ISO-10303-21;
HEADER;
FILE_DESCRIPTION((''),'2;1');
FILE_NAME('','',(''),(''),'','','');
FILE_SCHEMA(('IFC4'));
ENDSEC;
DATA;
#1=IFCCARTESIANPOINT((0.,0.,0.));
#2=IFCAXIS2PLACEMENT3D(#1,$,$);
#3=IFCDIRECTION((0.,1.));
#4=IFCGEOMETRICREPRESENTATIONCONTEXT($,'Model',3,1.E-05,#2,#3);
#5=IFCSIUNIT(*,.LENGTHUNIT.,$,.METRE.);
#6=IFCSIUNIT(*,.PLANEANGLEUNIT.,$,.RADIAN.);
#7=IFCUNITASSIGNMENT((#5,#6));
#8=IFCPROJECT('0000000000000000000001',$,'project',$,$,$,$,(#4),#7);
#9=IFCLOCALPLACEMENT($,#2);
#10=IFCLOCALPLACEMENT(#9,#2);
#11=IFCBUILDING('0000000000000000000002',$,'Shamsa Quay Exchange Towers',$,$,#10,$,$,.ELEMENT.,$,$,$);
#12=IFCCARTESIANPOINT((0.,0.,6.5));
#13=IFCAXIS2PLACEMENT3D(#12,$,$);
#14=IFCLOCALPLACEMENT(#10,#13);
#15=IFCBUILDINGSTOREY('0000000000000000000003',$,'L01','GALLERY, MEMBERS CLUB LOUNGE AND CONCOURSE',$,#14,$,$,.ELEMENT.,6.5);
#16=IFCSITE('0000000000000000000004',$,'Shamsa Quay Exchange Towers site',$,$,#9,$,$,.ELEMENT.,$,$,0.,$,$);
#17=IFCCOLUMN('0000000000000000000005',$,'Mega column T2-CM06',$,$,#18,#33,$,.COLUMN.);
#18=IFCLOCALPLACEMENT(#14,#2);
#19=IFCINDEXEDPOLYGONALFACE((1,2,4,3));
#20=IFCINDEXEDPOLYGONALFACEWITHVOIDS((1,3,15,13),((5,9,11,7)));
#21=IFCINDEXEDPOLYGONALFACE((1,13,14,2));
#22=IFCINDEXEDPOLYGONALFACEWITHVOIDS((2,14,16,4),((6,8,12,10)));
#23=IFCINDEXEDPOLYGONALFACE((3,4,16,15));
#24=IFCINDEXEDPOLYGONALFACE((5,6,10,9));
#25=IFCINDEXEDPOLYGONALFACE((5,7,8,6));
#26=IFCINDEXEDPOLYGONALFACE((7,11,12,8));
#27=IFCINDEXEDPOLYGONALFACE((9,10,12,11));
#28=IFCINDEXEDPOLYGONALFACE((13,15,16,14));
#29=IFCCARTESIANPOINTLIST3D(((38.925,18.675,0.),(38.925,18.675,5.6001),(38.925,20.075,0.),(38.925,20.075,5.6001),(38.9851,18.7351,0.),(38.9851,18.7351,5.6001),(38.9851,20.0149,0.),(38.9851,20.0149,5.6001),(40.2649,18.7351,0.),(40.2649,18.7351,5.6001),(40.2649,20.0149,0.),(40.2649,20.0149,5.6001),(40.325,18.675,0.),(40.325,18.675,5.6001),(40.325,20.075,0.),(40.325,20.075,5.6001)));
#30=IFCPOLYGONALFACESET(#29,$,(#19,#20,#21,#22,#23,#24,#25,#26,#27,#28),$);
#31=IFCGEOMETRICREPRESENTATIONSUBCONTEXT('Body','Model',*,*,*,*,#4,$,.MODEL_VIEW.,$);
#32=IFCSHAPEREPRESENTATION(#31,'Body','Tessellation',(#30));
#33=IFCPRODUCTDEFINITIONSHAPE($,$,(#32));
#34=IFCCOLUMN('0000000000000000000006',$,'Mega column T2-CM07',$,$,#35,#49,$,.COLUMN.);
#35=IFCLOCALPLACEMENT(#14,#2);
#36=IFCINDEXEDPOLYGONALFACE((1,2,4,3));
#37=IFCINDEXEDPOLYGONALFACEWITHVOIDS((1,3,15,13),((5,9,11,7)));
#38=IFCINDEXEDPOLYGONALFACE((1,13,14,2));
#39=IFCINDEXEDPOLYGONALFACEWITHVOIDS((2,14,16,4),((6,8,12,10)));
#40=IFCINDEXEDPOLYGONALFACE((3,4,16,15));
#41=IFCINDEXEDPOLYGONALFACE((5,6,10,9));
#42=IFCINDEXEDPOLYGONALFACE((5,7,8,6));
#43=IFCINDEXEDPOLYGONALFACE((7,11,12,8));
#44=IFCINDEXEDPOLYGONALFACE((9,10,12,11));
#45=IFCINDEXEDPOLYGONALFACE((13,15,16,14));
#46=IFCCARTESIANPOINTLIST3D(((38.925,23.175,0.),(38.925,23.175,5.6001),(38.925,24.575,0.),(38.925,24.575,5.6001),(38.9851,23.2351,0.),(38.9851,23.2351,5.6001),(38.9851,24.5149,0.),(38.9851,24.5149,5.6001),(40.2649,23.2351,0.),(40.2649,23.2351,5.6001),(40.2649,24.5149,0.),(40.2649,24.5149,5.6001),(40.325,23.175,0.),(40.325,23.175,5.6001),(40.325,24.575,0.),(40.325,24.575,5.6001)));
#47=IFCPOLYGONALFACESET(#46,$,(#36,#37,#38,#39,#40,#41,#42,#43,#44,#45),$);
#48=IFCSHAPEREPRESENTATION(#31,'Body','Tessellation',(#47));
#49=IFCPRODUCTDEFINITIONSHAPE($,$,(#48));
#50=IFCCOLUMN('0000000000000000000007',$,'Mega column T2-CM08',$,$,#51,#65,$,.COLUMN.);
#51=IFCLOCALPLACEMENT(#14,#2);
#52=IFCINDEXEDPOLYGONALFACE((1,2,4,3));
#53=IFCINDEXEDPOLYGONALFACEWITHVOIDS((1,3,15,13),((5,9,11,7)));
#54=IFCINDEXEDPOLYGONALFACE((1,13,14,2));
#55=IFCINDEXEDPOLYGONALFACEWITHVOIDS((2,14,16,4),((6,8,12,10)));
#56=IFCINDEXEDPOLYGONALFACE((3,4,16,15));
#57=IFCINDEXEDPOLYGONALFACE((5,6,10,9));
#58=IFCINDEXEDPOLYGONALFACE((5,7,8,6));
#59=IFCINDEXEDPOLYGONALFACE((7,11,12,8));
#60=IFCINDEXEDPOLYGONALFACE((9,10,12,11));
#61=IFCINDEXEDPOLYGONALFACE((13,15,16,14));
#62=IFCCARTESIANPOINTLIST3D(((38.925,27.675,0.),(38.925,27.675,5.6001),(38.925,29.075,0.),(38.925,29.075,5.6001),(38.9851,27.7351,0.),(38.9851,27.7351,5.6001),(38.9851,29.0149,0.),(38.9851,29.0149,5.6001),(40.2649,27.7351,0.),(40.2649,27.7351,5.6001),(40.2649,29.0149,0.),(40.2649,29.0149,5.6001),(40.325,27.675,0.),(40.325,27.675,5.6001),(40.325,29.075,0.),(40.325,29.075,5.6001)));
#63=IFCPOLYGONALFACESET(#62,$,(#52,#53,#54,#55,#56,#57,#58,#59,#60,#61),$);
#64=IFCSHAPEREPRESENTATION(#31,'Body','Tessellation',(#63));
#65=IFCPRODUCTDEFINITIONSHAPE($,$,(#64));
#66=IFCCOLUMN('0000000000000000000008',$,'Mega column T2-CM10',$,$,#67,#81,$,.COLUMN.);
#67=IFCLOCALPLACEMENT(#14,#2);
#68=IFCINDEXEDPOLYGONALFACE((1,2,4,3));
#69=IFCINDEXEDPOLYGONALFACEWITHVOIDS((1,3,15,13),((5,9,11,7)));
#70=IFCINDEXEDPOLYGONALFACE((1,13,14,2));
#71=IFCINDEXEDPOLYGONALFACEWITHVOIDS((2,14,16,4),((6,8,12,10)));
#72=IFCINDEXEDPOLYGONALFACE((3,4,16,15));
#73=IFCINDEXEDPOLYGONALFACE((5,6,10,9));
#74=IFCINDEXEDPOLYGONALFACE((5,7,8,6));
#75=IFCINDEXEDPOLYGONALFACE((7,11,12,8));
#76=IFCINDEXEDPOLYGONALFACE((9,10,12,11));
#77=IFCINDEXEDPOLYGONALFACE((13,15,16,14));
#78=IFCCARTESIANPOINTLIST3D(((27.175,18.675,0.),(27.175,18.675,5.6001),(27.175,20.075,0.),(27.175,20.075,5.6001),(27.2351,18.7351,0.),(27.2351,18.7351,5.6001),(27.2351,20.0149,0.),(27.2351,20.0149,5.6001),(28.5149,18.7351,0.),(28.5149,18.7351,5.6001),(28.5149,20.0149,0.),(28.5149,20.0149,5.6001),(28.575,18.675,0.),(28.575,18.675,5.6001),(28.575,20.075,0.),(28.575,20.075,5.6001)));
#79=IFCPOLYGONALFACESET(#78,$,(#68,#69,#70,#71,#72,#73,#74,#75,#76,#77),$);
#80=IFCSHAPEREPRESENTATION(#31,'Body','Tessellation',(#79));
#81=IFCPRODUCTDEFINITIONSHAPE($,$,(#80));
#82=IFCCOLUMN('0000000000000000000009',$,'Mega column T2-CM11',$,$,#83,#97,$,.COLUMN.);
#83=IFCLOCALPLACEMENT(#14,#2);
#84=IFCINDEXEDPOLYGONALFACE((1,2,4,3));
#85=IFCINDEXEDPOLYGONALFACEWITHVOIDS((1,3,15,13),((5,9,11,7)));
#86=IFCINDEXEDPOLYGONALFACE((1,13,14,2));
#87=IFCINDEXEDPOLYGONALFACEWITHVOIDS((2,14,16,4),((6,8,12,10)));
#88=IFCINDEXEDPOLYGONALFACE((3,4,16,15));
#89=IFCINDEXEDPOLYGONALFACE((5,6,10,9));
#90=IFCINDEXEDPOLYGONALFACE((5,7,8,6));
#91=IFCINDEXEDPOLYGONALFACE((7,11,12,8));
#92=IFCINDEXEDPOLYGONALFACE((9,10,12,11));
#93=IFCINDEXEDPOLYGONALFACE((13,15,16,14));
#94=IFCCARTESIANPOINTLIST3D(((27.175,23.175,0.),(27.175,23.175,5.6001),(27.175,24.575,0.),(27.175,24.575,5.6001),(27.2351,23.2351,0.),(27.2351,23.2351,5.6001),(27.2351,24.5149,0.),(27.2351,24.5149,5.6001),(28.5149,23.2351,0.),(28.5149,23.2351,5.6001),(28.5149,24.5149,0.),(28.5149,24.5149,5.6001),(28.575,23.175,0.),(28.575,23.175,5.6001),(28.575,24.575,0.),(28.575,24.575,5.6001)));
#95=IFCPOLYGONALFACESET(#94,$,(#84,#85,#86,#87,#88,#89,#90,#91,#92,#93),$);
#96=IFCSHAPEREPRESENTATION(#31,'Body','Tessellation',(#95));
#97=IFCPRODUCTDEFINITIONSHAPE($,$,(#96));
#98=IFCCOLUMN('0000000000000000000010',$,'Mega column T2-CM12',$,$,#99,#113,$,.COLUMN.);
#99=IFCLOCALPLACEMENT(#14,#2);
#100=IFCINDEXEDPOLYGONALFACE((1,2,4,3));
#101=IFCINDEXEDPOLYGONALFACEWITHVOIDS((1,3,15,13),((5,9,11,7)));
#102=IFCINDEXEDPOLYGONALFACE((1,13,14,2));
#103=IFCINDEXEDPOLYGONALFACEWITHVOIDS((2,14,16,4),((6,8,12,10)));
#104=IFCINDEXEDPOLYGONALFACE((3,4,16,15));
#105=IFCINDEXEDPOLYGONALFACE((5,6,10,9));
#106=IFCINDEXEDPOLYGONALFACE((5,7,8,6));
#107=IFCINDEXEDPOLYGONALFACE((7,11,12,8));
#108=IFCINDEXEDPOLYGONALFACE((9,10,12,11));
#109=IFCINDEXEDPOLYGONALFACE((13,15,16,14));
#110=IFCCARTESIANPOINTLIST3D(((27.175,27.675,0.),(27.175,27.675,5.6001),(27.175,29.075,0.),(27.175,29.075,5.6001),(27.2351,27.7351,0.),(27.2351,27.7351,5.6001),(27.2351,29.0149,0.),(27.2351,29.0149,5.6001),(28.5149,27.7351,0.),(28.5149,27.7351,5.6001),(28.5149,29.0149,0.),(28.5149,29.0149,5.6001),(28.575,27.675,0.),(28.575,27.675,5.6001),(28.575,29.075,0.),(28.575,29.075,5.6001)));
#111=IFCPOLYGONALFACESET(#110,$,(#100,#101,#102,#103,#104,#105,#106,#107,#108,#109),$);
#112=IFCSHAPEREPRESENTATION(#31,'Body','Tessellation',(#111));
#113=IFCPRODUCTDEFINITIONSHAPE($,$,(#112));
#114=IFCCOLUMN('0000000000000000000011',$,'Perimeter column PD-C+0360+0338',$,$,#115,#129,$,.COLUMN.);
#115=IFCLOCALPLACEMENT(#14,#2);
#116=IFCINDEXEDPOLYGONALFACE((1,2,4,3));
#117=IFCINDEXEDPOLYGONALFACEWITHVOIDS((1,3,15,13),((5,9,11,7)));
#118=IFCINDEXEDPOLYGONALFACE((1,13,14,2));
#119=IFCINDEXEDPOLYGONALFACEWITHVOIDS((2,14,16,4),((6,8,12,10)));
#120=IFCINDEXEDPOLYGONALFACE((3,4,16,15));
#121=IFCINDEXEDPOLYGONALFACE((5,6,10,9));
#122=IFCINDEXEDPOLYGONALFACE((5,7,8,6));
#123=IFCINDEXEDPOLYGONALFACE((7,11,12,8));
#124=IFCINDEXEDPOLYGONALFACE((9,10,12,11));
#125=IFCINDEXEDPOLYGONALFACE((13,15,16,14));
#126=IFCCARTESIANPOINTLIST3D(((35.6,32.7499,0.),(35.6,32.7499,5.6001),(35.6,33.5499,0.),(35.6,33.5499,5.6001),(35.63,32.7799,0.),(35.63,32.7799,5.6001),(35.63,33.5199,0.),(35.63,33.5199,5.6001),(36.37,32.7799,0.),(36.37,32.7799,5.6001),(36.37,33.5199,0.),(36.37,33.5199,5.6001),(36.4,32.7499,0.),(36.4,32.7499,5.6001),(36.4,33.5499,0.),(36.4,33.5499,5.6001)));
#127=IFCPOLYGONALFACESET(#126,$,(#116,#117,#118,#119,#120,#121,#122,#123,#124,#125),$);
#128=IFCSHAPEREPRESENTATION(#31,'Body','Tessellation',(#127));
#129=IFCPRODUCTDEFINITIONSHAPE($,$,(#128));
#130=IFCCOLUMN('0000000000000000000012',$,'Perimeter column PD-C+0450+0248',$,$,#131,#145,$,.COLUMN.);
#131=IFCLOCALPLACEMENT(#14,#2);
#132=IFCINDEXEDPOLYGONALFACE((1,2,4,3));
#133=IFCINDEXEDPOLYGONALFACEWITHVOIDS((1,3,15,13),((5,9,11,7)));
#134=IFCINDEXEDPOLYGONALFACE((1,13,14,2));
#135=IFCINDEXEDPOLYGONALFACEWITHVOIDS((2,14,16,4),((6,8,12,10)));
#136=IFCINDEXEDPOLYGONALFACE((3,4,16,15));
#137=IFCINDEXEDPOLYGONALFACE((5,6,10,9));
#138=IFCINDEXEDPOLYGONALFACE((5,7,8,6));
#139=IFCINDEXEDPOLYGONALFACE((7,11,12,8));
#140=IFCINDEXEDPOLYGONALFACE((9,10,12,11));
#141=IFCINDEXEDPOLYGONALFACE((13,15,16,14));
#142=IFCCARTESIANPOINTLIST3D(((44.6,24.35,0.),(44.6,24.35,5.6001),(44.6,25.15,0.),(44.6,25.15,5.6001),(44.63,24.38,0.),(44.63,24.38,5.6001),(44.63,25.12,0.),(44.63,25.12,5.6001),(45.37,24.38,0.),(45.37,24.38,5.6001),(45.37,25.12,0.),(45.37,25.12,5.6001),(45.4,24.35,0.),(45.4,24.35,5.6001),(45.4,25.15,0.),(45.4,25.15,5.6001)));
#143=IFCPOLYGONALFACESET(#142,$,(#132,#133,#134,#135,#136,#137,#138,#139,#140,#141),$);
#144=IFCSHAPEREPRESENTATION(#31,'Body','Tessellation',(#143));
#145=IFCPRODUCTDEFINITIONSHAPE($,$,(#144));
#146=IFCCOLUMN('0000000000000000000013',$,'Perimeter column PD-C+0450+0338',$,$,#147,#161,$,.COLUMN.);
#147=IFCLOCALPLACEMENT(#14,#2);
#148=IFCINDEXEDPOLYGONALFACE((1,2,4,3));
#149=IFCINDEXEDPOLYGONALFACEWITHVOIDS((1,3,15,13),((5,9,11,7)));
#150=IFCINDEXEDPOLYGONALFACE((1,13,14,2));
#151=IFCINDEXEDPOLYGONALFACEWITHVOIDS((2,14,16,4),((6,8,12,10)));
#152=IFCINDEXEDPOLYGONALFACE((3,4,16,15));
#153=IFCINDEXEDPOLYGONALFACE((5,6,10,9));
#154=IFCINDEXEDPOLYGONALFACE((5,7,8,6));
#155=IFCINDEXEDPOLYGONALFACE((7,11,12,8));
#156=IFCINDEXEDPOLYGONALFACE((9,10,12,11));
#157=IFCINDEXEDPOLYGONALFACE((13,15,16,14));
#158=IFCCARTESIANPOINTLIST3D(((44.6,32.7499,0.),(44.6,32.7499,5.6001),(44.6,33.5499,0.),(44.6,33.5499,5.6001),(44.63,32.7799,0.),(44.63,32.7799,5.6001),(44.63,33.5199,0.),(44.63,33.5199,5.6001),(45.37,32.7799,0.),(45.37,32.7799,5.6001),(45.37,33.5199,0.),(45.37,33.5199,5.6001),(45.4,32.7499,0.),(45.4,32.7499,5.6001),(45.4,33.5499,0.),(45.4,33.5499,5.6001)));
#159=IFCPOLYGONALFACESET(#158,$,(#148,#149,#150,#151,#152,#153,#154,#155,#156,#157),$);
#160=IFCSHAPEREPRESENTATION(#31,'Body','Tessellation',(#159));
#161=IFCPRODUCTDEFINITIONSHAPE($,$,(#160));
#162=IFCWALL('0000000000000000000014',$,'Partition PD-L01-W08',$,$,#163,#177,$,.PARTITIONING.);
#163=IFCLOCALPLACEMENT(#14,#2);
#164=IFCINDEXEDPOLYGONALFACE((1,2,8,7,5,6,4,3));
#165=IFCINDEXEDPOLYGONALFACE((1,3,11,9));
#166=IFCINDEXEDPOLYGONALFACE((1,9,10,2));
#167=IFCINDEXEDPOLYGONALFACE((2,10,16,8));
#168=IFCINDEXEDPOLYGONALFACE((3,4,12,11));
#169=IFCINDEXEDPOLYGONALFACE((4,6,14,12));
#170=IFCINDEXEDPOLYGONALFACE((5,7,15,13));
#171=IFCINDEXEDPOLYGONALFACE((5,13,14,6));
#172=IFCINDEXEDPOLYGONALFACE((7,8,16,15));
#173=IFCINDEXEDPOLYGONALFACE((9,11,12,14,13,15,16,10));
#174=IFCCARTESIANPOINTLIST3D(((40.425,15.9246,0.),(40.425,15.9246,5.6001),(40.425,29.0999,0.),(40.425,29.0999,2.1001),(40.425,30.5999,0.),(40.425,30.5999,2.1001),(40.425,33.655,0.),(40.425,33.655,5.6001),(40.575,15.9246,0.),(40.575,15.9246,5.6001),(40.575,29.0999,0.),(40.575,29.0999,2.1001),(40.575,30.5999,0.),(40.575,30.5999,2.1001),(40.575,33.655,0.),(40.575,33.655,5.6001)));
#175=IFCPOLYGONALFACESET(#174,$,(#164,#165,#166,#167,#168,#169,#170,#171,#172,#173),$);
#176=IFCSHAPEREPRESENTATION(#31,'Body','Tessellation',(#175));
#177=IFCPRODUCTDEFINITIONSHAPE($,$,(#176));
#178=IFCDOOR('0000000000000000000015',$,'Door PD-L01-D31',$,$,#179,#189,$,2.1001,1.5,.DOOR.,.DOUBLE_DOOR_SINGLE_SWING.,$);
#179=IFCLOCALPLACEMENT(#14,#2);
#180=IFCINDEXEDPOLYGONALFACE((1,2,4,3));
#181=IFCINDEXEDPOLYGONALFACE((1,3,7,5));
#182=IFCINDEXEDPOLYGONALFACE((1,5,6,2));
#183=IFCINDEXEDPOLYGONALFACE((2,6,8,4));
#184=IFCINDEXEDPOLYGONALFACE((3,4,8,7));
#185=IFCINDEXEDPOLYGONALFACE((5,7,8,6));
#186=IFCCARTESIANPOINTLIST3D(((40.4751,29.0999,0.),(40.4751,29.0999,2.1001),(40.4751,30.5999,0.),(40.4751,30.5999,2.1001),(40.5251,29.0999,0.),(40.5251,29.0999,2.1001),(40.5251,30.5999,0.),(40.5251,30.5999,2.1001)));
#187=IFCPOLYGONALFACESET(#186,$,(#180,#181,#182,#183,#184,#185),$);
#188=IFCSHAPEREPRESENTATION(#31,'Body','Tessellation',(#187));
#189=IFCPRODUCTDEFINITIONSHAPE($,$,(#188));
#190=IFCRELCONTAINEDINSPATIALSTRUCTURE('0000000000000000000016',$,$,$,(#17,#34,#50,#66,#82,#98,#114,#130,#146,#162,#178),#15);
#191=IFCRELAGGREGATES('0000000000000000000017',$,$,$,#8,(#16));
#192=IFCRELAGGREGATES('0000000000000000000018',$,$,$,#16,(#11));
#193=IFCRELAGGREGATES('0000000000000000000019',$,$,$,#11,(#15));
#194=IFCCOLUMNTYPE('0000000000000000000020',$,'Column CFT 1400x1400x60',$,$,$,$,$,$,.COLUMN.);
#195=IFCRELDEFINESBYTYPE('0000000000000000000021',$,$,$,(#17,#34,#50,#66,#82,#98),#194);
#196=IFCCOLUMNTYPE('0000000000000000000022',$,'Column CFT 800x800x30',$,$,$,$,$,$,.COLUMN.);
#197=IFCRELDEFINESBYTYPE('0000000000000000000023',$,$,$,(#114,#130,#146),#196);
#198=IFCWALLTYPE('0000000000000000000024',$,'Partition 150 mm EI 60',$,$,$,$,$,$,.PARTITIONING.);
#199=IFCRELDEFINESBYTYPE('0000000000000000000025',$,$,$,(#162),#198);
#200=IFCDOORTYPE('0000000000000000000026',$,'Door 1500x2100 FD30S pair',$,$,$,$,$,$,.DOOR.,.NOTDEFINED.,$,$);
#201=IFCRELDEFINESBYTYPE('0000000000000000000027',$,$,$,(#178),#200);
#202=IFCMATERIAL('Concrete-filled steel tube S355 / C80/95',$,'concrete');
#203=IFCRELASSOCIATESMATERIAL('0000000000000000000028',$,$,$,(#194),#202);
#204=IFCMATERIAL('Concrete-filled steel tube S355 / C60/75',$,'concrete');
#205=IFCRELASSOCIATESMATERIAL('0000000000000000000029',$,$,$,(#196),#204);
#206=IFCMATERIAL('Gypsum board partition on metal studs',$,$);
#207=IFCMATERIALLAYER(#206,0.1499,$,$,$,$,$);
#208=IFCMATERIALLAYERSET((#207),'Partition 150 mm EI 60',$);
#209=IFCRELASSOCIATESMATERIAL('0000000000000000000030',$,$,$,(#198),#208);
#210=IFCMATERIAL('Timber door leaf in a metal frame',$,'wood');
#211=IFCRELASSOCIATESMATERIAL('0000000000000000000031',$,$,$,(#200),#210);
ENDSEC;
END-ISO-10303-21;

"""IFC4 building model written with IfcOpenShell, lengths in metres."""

from ifc_helpers import new_model, si_unit, direction, frame, frame_2d, origin, origin_2d, place, context, subcontext, project, spatial, rectangle, hollow_rectangle, extrude, material, layer, layer_set, material_profile, profile_set, type_object, element, fill, save


model = new_model("IFC4")

# Units and contexts
model_context = context("Model", 3, precision=1e-05, world=origin(), true_north=direction((0.0, 1.0)))
body_context = subcontext(model_context, "Body", "Model", "MODEL_VIEW")
ifc_project = project(units=[si_unit("LENGTHUNIT", "METRE"), si_unit("PLANEANGLEUNIT", "RADIAN")], contexts=[model_context])

# Site, building, storey
site_placement = place(None, origin())
site = spatial("IfcSite", under=ifc_project, at=site_placement, Name="Shamsa Quay Exchange Towers site", CompositionType="ELEMENT", RefElevation=0.0)
building_placement = place(site_placement, origin())
building = spatial("IfcBuilding", under=site, at=building_placement, Name="Shamsa Quay Exchange Towers", CompositionType="ELEMENT")
storey_placement = place(building_placement, frame((0.0, 0.0, 6.5)))
storey = spatial("IfcBuildingStorey", under=building, at=storey_placement, Name="L01", Description="GALLERY, MEMBERS CLUB LOUNGE AND CONCOURSE", CompositionType="ELEMENT", Elevation=6.5)

# Columns
ifc_material_1 = material(Name="Concrete-filled steel tube S355 / C80/95", Category="concrete")
ifc_material_profile_1 = material_profile(ifc_material_1, hollow_rectangle(XDim=1.3999, YDim=1.3999, WallThickness=0.0601, at=origin_2d()), Name="CFT 1400x1400x60")
ifc_profile_set_1 = profile_set([ifc_material_profile_1], Name="Concrete-filled steel tube S355 / C80/95")
column_type_1 = type_object("IfcColumnType", Name="Column CFT 1400x1400x60", PredefinedType="COLUMN", material=ifc_profile_set_1)
for number, where, name in (
    (1, (39.625, 19.375, 0.0), "Mega column T2-CM06"),
    (2, (39.625, 23.875, 0.0), "Mega column T2-CM07"),
    (3, (39.625, 28.375, 0.0), "Mega column T2-CM08"),
    (4, (27.875, 19.375, 0.0), "Mega column T2-CM10"),
    (5, (27.875, 23.875, 0.0), "Mega column T2-CM11"),
    (6, (27.875, 28.375, 0.0), "Mega column T2-CM12"),
):
    element("IfcColumn", number, at=place(storey_placement, frame(where)), inside=storey, type_object=column_type_1, Name=name, PredefinedType="COLUMN", context=body_context, shape_type="SweptSolid", body=[
        extrude(hollow_rectangle(XDim=1.3999, YDim=1.3999, WallThickness=0.0601, at=origin_2d()), origin(), (0.0, 0.0, 1.0), 5.6001),
    ])
ifc_material_2 = material(Name="Concrete-filled steel tube S355 / C60/75", Category="concrete")
ifc_material_profile_2 = material_profile(ifc_material_2, hollow_rectangle(XDim=0.8, YDim=0.8, WallThickness=0.03, at=origin_2d()), Name="CFT 800x800x30")
ifc_profile_set_2 = profile_set([ifc_material_profile_2], Name="Concrete-filled steel tube S355 / C60/75")
column_type_2 = type_object("IfcColumnType", Name="Column CFT 800x800x30", PredefinedType="COLUMN", material=ifc_profile_set_2)
for number, where, name in (
    (7, (36.0, 33.1499, 0.0), "Perimeter column PD-C+0360+0338"),
    (8, (45.0, 24.75, 0.0), "Perimeter column PD-C+0450+0248"),
    (9, (45.0, 33.1499, 0.0), "Perimeter column PD-C+0450+0338"),
):
    element("IfcColumn", number, at=place(storey_placement, frame(where)), inside=storey, type_object=column_type_2, Name=name, PredefinedType="COLUMN", context=body_context, shape_type="SweptSolid", body=[
        extrude(hollow_rectangle(XDim=0.8, YDim=0.8, WallThickness=0.03, at=origin_2d()), origin(), (0.0, 0.0, 1.0), 5.6001),
    ])

# Wall, opening, door
ifc_material_3 = material(Name="Gypsum board partition on metal studs")
ifc_layer_1 = layer(ifc_material_3, 0.1499)
ifc_layer_set_1 = layer_set([ifc_layer_1], Name="Partition 150 mm EI 60")
wall_type_1 = type_object("IfcWallType", Name="Partition 150 mm EI 60", PredefinedType="PARTITIONING", material=ifc_layer_set_1)
wall_1_placement = place(storey_placement, frame((40.5, 15.9246, 0.0), z_axis=(0.0, 0.0, 1.0), x_axis=(0.0, 1.0, 0.0)))
wall_1 = element("IfcWall", 10, at=wall_1_placement, inside=storey, type_object=wall_type_1, Name="Partition PD-L01-W08", PredefinedType="PARTITIONING", context=body_context, shape_type="SweptSolid", body=[
    extrude(rectangle(XDim=17.7305, YDim=0.1499, at=frame_2d((8.8652, 0.0))), origin(), (0.0, 0.0, 1.0), 5.6001),
])
opening_1_placement = place(wall_1_placement, frame((13.1753, 0.0, 0.0)))
opening_1 = element("IfcOpeningElement", 11, at=opening_1_placement, cuts=wall_1, PredefinedType="OPENING", context=body_context, shape_type="SweptSolid", body=[
    extrude(rectangle(XDim=1.5, YDim=2.1001, at=frame_2d((0.75, 1.05))), frame((0.0, 0.085, 0.0), z_axis=(0.0, -1.0, 0.0), x_axis=(1.0, 0.0, 0.0)), (0.0, 0.0, 1.0), 0.1699),
])
ifc_material_4 = material(Name="Timber door leaf in a metal frame", Category="wood")
door_type_1 = type_object("IfcDoorType", Name="Door 1500x2100 FD30S pair", OperationType="NOTDEFINED", PredefinedType="DOOR", material=ifc_material_4)
door_1_placement = place(opening_1_placement, origin())
door_1 = element("IfcDoor", 12, at=door_1_placement, inside=storey, type_object=door_type_1, Name="Door PD-L01-D31", OperationType="DOUBLE_DOOR_SINGLE_SWING", OverallHeight=2.1001, OverallWidth=1.5, PredefinedType="DOOR", context=body_context, shape_type="SweptSolid", body=[
    extrude(rectangle(XDim=1.5, YDim=2.1001, at=frame_2d((0.75, 1.05))), frame((0.0, 0.0249, 0.0), z_axis=(0.0, -1.0, 0.0), x_axis=(1.0, 0.0, 0.0)), (0.0, 0.0, 1.0), 0.05),
])
fill(opening_1, door_1)

save(model, "model.ifc")
